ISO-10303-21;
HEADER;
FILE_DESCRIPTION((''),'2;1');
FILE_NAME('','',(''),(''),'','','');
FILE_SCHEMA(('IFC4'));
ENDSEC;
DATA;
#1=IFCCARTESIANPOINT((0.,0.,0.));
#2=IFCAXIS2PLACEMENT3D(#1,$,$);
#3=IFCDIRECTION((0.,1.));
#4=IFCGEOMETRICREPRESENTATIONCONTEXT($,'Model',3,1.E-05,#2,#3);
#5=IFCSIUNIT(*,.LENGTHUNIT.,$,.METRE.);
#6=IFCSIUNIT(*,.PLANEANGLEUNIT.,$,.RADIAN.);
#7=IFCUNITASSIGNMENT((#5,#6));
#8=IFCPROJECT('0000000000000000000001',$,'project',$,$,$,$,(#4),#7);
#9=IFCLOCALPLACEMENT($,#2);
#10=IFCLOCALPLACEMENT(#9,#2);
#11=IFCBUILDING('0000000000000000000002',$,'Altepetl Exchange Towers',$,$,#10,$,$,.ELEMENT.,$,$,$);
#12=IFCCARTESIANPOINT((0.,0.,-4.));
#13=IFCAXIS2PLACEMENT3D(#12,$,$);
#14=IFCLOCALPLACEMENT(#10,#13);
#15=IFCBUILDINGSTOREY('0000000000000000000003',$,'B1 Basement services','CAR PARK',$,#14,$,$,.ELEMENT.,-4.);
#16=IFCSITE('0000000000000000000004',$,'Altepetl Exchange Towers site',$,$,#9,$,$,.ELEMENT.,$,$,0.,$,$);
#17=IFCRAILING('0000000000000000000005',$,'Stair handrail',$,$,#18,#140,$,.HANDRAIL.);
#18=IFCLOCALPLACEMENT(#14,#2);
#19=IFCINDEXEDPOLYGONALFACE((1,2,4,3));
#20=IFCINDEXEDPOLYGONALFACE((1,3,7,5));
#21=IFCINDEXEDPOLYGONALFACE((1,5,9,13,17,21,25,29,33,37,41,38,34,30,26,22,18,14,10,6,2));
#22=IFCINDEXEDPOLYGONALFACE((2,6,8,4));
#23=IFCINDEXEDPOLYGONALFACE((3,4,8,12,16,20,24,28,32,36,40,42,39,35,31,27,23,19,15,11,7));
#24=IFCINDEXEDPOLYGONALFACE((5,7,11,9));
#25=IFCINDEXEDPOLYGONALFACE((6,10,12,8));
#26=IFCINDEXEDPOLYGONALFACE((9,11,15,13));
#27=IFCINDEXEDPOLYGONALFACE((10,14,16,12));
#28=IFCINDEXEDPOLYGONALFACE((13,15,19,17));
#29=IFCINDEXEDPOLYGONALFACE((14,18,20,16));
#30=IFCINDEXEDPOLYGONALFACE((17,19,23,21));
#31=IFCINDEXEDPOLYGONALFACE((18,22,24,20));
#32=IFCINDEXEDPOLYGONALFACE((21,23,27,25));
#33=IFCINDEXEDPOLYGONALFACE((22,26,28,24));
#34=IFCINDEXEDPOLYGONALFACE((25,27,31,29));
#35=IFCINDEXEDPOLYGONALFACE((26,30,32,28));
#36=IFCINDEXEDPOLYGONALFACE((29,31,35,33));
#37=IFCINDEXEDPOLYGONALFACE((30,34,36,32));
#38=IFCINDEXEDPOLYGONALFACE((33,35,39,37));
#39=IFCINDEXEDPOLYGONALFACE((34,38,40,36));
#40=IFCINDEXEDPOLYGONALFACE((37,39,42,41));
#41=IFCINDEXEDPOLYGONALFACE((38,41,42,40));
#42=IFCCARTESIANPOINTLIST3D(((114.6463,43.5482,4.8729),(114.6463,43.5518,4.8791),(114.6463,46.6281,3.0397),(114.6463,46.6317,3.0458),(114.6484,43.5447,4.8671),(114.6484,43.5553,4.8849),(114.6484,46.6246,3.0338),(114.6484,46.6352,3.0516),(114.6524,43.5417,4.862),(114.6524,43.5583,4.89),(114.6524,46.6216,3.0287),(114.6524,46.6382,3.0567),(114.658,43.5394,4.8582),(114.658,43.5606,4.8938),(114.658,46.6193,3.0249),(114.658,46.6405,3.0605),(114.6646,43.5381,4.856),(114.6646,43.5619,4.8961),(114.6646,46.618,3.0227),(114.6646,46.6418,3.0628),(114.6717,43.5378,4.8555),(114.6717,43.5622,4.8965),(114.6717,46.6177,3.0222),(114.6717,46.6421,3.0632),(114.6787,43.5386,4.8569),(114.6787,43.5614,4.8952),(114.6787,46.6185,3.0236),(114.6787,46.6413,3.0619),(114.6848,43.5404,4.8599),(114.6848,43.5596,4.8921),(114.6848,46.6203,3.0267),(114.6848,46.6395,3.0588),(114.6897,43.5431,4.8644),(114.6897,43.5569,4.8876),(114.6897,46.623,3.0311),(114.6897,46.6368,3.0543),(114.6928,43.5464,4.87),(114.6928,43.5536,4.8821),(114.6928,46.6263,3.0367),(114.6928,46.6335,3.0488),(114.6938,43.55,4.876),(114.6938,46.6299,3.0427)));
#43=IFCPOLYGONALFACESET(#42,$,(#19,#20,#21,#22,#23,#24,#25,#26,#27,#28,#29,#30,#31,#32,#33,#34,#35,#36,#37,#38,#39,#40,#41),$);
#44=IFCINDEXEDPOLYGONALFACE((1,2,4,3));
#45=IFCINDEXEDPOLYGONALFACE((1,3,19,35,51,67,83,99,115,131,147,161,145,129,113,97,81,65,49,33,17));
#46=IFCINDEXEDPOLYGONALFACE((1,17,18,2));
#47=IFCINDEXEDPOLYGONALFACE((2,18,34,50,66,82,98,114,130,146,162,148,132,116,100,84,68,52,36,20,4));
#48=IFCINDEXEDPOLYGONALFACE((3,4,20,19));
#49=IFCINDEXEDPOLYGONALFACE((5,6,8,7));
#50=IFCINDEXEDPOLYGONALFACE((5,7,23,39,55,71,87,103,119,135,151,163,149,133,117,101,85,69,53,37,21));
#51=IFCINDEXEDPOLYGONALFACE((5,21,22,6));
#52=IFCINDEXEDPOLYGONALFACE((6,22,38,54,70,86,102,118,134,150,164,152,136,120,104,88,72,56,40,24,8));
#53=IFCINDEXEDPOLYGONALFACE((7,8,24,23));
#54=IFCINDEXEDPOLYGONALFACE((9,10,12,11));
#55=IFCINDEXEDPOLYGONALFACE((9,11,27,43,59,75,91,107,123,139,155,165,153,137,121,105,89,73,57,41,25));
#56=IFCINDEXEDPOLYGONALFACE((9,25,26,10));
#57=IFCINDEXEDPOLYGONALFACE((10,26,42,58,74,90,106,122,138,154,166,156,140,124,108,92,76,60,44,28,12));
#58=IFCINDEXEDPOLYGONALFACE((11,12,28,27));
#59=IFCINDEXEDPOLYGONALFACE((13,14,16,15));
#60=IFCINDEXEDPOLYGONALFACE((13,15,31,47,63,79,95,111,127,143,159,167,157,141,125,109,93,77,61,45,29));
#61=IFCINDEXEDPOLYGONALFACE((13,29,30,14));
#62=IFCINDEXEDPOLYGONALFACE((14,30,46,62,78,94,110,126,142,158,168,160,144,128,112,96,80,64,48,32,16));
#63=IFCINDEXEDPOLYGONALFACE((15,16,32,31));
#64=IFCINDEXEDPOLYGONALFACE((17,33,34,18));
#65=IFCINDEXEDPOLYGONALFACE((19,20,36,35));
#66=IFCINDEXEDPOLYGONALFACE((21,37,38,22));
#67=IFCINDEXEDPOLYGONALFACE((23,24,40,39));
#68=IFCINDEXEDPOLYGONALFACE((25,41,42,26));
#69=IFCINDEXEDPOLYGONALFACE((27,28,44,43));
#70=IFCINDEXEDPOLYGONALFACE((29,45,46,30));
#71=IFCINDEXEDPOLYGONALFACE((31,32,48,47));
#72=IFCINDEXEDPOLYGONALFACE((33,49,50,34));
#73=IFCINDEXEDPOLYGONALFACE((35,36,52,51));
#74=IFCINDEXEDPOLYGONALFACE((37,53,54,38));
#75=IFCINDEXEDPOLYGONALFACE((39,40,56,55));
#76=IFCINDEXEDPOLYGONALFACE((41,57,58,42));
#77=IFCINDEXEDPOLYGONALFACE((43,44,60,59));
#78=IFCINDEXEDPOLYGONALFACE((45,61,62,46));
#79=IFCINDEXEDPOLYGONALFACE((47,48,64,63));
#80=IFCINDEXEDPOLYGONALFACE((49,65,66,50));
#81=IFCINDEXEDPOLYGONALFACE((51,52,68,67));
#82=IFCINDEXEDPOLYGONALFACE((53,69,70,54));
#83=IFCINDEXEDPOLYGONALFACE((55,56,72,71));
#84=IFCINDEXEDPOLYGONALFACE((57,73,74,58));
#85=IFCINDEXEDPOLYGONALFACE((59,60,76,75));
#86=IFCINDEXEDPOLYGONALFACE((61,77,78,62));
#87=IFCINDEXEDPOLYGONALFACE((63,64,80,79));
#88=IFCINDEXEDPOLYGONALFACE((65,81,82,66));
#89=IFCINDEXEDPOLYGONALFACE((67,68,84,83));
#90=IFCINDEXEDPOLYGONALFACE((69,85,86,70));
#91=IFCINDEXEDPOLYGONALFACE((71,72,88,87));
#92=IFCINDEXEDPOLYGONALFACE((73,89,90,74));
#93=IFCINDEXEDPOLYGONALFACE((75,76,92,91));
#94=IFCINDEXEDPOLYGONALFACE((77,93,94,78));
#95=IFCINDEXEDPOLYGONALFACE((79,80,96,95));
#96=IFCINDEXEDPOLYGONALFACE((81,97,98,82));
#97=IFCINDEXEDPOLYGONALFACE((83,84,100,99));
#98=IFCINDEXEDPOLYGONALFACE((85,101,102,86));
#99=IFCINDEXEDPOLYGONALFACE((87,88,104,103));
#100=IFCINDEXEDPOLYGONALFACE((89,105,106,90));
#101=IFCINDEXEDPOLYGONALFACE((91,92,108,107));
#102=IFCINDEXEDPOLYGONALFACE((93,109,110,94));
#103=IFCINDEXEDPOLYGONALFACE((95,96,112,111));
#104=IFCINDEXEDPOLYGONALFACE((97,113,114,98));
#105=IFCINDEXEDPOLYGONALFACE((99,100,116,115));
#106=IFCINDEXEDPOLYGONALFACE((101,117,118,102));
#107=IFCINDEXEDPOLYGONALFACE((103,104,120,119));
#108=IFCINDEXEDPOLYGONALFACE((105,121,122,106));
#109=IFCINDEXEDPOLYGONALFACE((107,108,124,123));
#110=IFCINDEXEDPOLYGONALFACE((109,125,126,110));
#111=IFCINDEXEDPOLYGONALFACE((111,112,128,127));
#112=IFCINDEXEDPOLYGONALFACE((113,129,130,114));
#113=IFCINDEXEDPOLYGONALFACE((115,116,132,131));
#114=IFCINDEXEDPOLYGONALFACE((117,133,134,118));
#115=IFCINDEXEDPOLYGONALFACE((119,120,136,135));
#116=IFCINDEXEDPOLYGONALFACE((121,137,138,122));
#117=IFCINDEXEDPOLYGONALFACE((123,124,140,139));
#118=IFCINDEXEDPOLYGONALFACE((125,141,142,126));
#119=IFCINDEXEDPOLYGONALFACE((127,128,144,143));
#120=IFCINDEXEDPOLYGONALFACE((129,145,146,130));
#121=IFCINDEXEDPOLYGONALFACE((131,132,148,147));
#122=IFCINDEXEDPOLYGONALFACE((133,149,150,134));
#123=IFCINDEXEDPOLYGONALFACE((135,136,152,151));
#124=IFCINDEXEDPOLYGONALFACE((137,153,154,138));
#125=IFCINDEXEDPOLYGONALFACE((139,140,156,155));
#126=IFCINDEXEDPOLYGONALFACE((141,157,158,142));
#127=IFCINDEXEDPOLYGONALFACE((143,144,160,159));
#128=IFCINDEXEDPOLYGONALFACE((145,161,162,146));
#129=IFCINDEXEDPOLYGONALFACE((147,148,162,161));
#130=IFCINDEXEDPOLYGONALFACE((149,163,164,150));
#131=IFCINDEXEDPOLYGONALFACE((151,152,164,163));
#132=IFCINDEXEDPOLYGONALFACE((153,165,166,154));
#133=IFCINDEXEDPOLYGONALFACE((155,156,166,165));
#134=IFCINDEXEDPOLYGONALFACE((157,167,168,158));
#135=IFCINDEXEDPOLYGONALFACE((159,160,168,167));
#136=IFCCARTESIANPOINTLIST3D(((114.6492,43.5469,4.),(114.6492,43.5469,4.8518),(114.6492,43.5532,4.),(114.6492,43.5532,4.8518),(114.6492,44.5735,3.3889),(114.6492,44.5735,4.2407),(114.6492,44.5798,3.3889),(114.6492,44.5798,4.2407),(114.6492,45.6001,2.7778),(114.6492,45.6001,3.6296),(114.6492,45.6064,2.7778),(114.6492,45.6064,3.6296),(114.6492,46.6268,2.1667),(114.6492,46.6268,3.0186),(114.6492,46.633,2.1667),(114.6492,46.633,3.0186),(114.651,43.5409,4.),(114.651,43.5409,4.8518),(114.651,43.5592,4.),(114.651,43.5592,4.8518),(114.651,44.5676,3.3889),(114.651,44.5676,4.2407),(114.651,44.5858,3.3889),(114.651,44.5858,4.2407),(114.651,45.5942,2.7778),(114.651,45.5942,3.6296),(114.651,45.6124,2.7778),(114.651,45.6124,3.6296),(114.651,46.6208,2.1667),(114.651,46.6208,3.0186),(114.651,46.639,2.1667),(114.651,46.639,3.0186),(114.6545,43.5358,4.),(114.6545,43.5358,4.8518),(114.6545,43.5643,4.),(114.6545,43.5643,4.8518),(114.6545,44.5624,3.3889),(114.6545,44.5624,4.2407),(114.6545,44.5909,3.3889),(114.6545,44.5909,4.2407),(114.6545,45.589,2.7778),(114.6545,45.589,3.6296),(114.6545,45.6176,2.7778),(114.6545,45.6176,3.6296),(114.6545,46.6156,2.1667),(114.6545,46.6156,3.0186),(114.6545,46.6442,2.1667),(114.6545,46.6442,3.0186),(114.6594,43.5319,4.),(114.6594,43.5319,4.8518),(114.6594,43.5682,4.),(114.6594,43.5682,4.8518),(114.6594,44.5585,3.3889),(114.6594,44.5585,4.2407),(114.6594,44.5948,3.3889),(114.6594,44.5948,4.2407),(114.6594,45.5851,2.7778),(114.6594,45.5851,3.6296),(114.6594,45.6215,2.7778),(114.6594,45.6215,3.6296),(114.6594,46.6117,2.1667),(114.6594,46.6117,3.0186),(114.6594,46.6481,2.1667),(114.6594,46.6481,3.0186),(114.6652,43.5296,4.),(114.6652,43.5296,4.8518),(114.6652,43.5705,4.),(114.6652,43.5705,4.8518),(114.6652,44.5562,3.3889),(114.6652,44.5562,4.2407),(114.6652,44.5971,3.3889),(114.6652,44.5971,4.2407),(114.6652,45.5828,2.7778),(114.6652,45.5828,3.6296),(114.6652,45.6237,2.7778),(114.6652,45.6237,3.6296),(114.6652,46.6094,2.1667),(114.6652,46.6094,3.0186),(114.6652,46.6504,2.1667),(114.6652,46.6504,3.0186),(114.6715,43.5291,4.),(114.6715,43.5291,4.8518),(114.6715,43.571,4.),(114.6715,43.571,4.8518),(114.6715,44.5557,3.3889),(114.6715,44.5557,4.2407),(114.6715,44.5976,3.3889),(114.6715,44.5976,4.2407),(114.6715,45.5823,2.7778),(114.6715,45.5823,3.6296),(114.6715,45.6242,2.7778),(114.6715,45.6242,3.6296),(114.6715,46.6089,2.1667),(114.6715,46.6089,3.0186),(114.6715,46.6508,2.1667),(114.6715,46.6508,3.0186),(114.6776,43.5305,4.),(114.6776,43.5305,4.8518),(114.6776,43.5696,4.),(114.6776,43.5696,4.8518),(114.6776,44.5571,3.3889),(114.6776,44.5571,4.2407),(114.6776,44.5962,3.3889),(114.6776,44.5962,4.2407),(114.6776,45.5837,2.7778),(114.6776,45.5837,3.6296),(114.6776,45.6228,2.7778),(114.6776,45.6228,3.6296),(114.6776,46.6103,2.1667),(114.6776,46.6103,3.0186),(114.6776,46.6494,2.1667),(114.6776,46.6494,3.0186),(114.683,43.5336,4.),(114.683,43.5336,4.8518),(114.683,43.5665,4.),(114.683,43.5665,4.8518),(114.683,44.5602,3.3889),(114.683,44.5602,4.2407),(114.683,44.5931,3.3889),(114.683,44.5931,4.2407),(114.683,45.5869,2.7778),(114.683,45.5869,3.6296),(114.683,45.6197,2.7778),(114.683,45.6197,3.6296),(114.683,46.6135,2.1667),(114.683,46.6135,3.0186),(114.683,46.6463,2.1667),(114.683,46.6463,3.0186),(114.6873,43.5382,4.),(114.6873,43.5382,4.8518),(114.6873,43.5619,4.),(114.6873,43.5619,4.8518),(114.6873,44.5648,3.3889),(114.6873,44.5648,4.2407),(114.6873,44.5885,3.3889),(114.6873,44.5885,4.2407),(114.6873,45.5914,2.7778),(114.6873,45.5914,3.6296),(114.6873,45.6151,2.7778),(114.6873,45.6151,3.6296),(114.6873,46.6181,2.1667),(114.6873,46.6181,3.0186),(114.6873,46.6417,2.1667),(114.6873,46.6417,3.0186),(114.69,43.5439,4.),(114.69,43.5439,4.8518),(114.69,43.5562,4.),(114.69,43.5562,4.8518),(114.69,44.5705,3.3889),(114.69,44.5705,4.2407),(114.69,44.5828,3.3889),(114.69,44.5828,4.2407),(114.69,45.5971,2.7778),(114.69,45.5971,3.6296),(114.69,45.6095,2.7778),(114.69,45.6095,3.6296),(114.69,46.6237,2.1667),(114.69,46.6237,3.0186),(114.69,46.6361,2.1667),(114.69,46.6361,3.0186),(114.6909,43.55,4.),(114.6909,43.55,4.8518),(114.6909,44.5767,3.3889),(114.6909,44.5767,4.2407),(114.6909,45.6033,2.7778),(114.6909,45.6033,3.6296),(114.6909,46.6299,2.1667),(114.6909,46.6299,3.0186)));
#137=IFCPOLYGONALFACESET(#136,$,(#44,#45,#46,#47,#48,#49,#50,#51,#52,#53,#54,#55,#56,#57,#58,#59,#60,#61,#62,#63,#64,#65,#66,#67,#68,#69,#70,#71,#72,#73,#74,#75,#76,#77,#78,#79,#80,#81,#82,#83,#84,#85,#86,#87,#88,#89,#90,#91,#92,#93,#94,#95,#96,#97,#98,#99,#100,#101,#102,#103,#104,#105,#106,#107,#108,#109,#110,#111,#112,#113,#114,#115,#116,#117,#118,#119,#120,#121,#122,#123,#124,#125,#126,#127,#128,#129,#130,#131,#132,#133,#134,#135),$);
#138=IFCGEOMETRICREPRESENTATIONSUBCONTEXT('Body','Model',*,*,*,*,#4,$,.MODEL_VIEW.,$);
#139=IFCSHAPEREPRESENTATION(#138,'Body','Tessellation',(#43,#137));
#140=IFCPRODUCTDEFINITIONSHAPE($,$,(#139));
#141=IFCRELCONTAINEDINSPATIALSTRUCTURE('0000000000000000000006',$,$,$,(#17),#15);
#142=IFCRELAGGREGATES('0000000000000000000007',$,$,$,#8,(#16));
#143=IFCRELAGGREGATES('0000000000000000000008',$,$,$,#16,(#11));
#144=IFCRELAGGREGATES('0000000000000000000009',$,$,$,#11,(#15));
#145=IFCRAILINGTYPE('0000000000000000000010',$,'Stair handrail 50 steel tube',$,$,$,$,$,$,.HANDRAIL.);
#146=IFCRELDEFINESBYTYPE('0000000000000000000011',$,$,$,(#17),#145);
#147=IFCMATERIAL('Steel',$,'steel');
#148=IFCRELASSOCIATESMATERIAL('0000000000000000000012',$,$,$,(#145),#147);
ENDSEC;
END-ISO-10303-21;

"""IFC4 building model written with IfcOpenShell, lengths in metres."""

from ifc_helpers import new_model, si_unit, direction, frame, origin, origin_2d, place, context, subcontext, project, spatial, circle, extrude, source, transform, mapped, material, type_object, element, save


model = new_model("IFC4")

# Units and contexts
model_context = context("Model", 3, precision=1e-05, world=origin(), true_north=direction((0.0, 1.0)))
body_context = subcontext(model_context, "Body", "Model", "MODEL_VIEW")
ifc_project = project(units=[si_unit("LENGTHUNIT", "METRE"), si_unit("PLANEANGLEUNIT", "RADIAN")], contexts=[model_context])

# Site, building, storey
site_placement = place(None, origin())
site = spatial("IfcSite", under=ifc_project, at=site_placement, Name="Altepetl Exchange Towers site", CompositionType="ELEMENT", RefElevation=0.0)
building_placement = place(site_placement, origin())
building = spatial("IfcBuilding", under=site, at=building_placement, Name="Altepetl Exchange Towers", CompositionType="ELEMENT")
storey_placement = place(building_placement, frame((0.0, 0.0, -4.0)))
storey = spatial("IfcBuildingStorey", under=building, at=storey_placement, Name="B1 Basement services", Description="CAR PARK", CompositionType="ELEMENT", Elevation=-4.0)

# Railing
ifc_material_1 = material(Name="Steel", Category="steel")
railing_type = type_object("IfcRailingType", Name="Stair handrail 50 steel tube", PredefinedType="HANDRAIL", material=ifc_material_1)
shared_shape = source(origin(), body_context, "Body", "SweptSolid", [
    extrude(circle(Radius=0.021, at=origin_2d()), origin(), (0.0, 0.0, 1.0), 0.8518),
])
railing_placement = place(storey_placement, frame((114.6699, 46.6299, 2.1667)))
element("IfcRailing", 1, at=railing_placement, inside=storey, type_object=railing_type, Name="Stair handrail", PredefinedType="HANDRAIL", context=body_context, shape_type="SweptSolid", body=[
    extrude(circle(Radius=0.0239, at=origin_2d()), frame((0.0, 0.0, 0.876), z_axis=(0.0, -0.859291, 0.511487), x_axis=(1.0, 0.0, 0.0)), (0.0, 0.0, 1.0), 3.5842),
    mapped(shared_shape, transform((0.0, 0.0, 0.0))),
    mapped(shared_shape, transform((0.0, -1.0266, 0.6111))),
    mapped(shared_shape, transform((0.0, -2.0532, 1.2222))),
    mapped(shared_shape, transform((0.0, -3.0798, 1.8333))),
])

save(model, "model.ifc")
